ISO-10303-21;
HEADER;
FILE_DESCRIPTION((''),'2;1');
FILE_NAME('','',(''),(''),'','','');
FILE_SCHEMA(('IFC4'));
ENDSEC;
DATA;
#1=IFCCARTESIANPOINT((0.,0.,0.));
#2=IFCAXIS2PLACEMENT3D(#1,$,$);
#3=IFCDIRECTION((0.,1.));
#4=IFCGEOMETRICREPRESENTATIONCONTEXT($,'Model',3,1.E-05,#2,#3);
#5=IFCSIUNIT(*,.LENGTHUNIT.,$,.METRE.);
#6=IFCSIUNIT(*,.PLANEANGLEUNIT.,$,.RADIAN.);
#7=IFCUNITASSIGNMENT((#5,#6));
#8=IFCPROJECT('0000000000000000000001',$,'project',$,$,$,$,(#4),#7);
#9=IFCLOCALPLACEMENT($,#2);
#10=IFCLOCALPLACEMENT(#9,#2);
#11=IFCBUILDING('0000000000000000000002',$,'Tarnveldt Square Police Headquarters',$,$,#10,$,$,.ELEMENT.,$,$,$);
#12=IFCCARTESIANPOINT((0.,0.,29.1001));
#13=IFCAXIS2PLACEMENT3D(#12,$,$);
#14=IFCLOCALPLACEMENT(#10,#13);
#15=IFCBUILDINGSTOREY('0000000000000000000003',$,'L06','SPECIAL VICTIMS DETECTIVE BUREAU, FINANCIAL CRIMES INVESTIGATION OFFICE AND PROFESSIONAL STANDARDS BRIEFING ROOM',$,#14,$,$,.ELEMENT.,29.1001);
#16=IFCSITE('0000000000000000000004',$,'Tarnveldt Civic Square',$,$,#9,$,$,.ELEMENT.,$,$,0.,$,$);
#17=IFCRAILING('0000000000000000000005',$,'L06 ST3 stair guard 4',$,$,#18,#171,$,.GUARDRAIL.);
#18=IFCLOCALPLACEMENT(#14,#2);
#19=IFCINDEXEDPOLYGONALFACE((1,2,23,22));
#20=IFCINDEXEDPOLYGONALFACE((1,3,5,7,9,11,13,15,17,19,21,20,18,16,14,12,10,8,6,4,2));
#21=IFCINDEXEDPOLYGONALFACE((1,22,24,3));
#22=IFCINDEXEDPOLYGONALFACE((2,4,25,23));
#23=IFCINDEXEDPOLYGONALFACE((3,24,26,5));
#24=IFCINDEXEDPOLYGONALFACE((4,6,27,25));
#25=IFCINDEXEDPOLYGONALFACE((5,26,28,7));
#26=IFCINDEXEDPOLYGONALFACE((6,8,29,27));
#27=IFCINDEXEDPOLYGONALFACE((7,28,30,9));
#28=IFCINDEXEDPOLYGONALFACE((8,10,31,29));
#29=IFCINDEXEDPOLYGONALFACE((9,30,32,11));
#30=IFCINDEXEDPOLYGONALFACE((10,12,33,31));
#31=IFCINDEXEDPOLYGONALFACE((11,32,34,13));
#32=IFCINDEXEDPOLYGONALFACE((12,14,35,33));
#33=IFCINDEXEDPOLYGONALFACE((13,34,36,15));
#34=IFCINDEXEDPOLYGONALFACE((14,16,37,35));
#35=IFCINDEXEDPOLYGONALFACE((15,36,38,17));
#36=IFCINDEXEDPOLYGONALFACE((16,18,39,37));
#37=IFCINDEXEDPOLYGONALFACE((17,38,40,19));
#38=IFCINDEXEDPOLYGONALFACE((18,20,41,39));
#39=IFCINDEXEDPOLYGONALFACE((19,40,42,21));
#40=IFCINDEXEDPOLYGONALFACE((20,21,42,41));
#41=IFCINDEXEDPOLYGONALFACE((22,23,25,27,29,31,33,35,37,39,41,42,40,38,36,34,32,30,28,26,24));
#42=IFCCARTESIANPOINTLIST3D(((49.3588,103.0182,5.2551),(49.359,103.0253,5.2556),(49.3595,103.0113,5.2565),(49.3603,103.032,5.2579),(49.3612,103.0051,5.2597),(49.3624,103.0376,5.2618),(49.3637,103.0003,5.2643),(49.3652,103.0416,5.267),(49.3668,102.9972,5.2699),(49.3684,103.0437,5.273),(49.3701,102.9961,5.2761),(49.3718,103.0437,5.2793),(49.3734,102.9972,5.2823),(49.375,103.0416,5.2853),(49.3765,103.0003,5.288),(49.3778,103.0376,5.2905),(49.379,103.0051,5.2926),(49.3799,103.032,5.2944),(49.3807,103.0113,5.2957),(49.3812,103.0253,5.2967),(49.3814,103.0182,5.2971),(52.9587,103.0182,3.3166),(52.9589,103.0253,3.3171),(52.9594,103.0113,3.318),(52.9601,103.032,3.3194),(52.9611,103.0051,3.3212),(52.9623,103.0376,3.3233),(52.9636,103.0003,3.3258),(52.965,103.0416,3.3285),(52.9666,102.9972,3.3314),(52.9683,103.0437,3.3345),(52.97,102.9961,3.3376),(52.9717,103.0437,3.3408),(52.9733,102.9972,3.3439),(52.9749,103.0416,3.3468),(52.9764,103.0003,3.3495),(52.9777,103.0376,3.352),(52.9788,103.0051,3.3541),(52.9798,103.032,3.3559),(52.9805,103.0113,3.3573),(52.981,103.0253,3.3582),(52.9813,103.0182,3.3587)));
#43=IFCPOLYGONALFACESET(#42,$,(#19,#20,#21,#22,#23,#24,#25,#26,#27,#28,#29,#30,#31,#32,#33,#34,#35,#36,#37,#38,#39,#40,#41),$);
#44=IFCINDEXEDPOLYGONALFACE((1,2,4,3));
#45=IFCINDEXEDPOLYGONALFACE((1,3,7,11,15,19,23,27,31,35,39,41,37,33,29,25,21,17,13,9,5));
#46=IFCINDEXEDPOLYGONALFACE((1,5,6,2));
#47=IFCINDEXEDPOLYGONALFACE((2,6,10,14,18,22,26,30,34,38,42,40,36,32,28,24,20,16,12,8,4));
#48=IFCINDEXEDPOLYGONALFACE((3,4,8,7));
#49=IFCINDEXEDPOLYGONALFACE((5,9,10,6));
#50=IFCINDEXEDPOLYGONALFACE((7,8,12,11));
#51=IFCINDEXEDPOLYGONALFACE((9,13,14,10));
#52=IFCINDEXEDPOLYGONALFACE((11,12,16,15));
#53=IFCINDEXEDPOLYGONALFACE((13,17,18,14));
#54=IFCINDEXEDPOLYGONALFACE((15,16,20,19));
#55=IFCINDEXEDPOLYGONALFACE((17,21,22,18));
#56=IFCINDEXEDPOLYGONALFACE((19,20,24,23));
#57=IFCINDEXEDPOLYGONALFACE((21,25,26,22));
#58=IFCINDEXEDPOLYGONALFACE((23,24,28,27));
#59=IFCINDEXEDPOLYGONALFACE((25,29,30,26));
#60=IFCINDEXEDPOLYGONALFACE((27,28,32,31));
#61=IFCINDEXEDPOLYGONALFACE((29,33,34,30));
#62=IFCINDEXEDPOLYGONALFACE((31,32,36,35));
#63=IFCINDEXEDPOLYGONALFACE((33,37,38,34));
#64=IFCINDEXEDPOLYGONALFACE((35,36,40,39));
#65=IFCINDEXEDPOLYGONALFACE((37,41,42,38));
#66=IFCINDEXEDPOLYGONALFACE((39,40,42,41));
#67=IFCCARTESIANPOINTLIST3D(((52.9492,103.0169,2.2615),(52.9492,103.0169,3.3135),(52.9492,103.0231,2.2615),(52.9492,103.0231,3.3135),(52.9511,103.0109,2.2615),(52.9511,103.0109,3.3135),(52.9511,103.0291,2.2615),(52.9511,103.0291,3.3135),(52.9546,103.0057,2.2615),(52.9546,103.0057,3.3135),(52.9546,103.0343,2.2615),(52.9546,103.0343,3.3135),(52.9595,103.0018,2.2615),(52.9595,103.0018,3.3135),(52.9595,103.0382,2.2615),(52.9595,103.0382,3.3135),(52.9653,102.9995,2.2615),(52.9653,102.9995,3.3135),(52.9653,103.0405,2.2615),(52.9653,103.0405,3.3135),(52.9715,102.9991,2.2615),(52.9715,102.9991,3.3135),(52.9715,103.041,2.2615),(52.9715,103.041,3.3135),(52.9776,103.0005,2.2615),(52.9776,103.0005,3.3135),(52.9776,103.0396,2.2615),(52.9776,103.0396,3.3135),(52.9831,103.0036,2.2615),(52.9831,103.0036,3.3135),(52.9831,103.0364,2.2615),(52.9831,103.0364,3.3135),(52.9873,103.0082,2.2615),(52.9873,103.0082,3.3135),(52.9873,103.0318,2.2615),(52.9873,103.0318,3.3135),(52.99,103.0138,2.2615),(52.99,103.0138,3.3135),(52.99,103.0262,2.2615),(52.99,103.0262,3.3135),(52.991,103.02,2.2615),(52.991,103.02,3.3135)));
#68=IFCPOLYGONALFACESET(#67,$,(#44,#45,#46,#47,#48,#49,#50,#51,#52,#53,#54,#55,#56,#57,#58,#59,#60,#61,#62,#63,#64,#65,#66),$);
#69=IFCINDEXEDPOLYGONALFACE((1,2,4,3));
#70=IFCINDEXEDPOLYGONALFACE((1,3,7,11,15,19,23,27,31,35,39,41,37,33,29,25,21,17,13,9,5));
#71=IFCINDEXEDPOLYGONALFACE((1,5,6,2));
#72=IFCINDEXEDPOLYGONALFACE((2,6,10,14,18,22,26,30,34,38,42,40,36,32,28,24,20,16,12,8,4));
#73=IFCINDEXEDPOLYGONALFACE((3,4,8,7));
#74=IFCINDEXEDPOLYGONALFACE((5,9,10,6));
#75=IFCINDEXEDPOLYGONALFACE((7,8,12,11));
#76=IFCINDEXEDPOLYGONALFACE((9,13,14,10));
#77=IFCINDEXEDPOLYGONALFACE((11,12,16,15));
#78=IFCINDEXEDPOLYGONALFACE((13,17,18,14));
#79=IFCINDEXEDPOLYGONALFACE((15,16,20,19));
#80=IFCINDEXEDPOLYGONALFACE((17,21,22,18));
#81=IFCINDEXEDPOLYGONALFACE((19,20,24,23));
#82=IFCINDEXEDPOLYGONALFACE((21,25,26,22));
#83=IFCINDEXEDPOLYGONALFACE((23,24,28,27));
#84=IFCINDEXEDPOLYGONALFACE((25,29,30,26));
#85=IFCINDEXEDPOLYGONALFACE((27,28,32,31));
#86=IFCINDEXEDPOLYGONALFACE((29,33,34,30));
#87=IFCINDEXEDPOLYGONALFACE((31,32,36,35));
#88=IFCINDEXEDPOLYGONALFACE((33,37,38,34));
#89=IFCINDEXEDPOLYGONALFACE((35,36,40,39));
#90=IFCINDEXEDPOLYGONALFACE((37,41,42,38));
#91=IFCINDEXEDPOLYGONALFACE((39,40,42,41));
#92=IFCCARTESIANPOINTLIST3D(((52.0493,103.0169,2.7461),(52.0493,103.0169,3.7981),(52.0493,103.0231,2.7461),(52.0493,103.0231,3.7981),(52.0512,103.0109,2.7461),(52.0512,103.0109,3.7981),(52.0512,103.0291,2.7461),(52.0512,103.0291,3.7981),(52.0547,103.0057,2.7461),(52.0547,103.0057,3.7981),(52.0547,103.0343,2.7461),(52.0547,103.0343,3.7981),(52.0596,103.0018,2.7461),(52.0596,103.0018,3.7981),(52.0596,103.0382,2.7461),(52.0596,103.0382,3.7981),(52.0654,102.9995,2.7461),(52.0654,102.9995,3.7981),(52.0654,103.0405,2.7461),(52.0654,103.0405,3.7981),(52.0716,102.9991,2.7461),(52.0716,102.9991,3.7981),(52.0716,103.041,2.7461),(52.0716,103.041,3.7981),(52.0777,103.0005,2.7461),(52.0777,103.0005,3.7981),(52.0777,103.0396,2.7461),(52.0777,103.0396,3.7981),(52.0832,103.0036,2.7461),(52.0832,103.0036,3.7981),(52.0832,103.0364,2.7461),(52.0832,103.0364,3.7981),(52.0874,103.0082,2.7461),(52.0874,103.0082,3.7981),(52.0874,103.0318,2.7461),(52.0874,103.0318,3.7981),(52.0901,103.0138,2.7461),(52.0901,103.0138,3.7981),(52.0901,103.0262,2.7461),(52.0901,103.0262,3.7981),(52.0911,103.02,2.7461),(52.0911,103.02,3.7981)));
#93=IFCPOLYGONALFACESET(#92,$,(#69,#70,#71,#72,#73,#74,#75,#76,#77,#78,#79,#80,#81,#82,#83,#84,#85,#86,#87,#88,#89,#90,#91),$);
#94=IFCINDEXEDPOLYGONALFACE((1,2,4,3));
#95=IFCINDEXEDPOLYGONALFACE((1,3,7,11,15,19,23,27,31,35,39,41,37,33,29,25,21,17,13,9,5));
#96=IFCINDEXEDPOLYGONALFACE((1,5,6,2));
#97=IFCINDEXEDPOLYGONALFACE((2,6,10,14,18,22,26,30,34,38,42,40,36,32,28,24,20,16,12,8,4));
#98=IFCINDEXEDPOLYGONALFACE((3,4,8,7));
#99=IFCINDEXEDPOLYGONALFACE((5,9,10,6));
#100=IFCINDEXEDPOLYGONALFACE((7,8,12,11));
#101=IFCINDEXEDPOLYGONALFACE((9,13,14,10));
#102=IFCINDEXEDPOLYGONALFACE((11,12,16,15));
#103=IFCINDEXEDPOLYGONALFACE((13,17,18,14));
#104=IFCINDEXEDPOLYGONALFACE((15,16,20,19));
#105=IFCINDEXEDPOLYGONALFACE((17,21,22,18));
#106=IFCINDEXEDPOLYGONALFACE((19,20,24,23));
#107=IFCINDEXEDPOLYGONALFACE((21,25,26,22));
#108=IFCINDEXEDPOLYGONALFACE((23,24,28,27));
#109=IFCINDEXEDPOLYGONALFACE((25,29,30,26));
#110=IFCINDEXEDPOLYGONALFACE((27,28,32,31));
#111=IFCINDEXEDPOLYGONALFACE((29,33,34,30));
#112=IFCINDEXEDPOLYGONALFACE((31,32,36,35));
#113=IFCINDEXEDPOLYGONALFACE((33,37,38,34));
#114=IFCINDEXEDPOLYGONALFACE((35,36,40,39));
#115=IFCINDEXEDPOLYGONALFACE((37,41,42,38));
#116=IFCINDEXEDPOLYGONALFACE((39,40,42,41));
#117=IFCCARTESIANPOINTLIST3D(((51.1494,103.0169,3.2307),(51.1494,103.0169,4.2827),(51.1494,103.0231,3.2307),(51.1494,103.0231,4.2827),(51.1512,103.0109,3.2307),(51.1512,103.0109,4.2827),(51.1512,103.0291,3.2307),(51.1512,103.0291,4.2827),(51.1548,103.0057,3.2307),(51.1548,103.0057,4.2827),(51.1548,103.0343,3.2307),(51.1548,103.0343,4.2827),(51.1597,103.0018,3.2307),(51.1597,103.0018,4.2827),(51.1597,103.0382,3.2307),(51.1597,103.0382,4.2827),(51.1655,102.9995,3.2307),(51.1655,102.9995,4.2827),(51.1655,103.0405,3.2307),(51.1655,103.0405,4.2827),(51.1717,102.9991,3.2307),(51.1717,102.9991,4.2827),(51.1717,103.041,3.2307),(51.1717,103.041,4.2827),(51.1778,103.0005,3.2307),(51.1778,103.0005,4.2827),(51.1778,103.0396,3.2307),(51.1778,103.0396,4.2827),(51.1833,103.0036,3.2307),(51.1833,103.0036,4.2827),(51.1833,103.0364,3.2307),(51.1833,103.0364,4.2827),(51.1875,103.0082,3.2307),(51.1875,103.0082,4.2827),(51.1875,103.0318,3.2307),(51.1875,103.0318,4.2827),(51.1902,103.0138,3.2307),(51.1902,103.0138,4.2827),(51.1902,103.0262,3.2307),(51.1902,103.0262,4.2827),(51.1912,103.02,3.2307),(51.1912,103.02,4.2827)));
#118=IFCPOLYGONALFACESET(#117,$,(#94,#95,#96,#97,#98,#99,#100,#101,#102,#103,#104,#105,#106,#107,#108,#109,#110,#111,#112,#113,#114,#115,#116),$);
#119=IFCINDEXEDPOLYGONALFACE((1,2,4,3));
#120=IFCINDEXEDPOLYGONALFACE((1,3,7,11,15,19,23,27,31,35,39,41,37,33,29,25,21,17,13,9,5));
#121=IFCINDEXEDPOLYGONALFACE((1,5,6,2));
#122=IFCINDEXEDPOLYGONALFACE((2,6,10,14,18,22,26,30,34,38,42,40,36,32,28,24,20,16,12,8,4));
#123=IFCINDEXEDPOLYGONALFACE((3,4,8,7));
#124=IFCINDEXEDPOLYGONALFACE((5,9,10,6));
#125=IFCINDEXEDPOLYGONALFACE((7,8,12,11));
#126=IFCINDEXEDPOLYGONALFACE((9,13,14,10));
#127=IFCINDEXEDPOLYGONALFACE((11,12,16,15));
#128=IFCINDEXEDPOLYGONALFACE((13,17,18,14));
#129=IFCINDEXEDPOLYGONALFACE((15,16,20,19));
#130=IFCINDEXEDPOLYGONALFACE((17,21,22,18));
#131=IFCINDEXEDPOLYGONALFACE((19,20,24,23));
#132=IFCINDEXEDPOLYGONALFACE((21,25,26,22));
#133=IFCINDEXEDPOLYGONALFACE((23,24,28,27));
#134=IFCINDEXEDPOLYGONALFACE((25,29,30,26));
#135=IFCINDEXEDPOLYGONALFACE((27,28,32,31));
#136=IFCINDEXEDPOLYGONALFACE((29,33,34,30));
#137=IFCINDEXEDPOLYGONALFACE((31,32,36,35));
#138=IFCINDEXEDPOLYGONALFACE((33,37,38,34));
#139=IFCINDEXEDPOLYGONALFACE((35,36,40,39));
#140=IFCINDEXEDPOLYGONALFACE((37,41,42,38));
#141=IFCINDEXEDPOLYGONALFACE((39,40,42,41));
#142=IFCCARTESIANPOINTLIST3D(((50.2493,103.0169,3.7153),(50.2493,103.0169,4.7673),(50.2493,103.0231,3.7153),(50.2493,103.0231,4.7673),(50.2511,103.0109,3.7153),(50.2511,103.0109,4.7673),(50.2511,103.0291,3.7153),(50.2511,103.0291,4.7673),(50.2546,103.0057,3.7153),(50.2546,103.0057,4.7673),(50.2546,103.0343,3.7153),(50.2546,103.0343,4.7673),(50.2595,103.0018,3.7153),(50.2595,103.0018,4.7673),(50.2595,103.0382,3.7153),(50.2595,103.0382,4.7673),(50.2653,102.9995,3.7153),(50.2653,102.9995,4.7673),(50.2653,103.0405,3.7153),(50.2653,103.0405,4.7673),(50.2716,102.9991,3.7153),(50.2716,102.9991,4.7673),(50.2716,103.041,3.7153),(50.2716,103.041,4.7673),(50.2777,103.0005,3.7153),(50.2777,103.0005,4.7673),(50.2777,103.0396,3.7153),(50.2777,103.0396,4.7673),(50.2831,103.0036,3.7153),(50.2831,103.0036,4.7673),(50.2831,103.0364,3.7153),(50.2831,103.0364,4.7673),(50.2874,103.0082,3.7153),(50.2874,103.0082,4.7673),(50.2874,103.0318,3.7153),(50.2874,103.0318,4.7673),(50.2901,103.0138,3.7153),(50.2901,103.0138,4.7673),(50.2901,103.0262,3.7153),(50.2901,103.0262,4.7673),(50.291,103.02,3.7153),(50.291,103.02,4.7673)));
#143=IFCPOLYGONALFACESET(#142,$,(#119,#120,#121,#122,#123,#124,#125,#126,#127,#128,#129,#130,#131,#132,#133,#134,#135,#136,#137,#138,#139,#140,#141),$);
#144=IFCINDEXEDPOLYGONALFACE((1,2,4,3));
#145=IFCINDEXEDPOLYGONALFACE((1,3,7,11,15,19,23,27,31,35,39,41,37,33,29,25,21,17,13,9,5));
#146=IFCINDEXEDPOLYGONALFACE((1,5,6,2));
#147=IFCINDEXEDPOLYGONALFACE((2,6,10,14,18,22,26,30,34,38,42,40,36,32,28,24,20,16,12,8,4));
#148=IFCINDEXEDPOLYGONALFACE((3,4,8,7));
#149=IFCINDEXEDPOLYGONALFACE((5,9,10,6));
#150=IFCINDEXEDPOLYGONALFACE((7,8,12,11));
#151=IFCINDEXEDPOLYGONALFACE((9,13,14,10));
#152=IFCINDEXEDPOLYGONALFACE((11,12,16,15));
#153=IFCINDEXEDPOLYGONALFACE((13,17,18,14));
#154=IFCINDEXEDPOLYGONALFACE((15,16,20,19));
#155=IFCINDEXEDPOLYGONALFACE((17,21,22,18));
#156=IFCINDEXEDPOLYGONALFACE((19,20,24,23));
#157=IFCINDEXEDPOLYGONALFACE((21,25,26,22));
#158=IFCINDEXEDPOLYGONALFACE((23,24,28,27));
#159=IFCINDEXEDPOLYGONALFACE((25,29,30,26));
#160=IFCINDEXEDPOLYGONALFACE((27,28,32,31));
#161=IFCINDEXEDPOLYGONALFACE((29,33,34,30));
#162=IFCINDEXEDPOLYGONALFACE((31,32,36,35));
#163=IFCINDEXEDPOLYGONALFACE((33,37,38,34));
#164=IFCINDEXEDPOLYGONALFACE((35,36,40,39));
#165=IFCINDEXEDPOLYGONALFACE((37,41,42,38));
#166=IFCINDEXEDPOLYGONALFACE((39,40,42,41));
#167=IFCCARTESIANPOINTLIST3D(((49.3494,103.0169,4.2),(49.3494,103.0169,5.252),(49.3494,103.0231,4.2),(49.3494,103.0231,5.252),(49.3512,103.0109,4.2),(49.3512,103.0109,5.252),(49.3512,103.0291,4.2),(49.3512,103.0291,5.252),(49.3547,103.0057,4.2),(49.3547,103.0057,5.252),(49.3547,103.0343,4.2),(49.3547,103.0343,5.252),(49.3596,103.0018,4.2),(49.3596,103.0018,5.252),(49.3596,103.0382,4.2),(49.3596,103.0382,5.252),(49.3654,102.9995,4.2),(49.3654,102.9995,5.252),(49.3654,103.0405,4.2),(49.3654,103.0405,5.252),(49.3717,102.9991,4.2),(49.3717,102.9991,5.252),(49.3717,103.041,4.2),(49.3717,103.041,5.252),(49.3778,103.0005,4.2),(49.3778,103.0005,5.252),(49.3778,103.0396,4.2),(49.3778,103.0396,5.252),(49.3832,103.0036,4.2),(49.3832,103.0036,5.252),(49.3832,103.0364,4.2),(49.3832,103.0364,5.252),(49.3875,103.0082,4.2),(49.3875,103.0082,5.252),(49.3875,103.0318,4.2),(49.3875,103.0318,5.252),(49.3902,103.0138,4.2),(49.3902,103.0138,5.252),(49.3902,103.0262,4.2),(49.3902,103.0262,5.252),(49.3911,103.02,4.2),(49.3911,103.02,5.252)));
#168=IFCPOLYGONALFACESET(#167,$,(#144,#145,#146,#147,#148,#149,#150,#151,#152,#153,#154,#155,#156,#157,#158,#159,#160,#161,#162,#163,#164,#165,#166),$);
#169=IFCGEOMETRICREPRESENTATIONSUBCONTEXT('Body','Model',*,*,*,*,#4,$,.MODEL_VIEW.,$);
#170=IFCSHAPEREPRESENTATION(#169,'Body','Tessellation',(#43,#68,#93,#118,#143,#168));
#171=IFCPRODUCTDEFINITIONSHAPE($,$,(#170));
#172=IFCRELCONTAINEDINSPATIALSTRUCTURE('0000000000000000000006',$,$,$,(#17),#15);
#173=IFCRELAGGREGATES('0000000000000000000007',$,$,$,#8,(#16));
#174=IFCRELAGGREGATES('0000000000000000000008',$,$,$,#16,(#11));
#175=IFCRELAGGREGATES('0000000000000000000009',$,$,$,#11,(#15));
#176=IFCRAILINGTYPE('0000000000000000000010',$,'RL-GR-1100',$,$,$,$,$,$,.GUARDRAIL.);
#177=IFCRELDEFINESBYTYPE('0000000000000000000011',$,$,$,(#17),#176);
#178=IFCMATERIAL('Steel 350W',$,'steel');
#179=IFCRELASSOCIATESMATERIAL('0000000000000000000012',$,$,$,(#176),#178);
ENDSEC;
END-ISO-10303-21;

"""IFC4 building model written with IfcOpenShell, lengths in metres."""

from ifc_helpers import new_model, si_unit, direction, frame, origin, origin_2d, place, context, subcontext, project, spatial, circle, extrude, material, type_object, element, save


model = new_model("IFC4")

# Units and contexts
model_context = context("Model", 3, precision=1e-05, world=origin(), true_north=direction((0.0, 1.0)))
body_context = subcontext(model_context, "Body", "Model", "MODEL_VIEW")
ifc_project = project(units=[si_unit("LENGTHUNIT", "METRE"), si_unit("PLANEANGLEUNIT", "RADIAN")], contexts=[model_context])

# Site, building, storey
site_placement = place(None, origin())
site = spatial("IfcSite", under=ifc_project, at=site_placement, Name="Tarnveldt Civic Square", CompositionType="ELEMENT", RefElevation=0.0)
building_placement = place(site_placement, origin())
building = spatial("IfcBuilding", under=site, at=building_placement, Name="Tarnveldt Square Police Headquarters", CompositionType="ELEMENT")
storey_placement = place(building_placement, frame((0.0, 0.0, 29.1001)))
storey = spatial("IfcBuildingStorey", under=building, at=storey_placement, Name="L06", Description="SPECIAL VICTIMS DETECTIVE BUREAU, FINANCIAL CRIMES INVESTIGATION OFFICE AND PROFESSIONAL STANDARDS BRIEFING ROOM", CompositionType="ELEMENT", Elevation=29.1001)

# Shared definitions
ifc_material_1 = material(Name="Steel 350W", Category="steel")

# Railing
railing_type_1 = type_object("IfcRailingType", Name="RL-GR-1100", PredefinedType="GUARDRAIL", material=ifc_material_1)
railing_1_placement = place(storey_placement, frame((52.97, 103.02, 2.2615)))
element("IfcRailing", 1, at=railing_1_placement, inside=storey, type_object=railing_type_1, Name="L06 ST3 stair guard 4", PredefinedType="GUARDRAIL", context=body_context, shape_type="SweptSolid", body=[
    extrude(circle(Radius=0.0239, at=origin_2d()), frame((0.0, 0.0, 1.0762), z_axis=(-0.880462, 0.0, 0.474118), x_axis=(0.0, -1.0, 0.0)), (0.0, 0.0, 1.0), 4.0886),
    extrude(circle(Radius=0.021, at=origin_2d()), origin(), (0.0, 0.0, 1.0), 1.052),
    extrude(circle(Radius=0.021, at=origin_2d()), frame((-0.8999, 0.0, 0.4846)), (0.0, 0.0, 1.0), 1.052),
    extrude(circle(Radius=0.021, at=origin_2d()), frame((-1.7998, 0.0, 0.9692)), (0.0, 0.0, 1.0), 1.052),
    extrude(circle(Radius=0.021, at=origin_2d()), frame((-2.7, 0.0, 1.4539)), (0.0, 0.0, 1.0), 1.052),
    extrude(circle(Radius=0.021, at=origin_2d()), frame((-3.5999, 0.0, 1.9385)), (0.0, 0.0, 1.0), 1.052),
])

save(model, "model.ifc")
